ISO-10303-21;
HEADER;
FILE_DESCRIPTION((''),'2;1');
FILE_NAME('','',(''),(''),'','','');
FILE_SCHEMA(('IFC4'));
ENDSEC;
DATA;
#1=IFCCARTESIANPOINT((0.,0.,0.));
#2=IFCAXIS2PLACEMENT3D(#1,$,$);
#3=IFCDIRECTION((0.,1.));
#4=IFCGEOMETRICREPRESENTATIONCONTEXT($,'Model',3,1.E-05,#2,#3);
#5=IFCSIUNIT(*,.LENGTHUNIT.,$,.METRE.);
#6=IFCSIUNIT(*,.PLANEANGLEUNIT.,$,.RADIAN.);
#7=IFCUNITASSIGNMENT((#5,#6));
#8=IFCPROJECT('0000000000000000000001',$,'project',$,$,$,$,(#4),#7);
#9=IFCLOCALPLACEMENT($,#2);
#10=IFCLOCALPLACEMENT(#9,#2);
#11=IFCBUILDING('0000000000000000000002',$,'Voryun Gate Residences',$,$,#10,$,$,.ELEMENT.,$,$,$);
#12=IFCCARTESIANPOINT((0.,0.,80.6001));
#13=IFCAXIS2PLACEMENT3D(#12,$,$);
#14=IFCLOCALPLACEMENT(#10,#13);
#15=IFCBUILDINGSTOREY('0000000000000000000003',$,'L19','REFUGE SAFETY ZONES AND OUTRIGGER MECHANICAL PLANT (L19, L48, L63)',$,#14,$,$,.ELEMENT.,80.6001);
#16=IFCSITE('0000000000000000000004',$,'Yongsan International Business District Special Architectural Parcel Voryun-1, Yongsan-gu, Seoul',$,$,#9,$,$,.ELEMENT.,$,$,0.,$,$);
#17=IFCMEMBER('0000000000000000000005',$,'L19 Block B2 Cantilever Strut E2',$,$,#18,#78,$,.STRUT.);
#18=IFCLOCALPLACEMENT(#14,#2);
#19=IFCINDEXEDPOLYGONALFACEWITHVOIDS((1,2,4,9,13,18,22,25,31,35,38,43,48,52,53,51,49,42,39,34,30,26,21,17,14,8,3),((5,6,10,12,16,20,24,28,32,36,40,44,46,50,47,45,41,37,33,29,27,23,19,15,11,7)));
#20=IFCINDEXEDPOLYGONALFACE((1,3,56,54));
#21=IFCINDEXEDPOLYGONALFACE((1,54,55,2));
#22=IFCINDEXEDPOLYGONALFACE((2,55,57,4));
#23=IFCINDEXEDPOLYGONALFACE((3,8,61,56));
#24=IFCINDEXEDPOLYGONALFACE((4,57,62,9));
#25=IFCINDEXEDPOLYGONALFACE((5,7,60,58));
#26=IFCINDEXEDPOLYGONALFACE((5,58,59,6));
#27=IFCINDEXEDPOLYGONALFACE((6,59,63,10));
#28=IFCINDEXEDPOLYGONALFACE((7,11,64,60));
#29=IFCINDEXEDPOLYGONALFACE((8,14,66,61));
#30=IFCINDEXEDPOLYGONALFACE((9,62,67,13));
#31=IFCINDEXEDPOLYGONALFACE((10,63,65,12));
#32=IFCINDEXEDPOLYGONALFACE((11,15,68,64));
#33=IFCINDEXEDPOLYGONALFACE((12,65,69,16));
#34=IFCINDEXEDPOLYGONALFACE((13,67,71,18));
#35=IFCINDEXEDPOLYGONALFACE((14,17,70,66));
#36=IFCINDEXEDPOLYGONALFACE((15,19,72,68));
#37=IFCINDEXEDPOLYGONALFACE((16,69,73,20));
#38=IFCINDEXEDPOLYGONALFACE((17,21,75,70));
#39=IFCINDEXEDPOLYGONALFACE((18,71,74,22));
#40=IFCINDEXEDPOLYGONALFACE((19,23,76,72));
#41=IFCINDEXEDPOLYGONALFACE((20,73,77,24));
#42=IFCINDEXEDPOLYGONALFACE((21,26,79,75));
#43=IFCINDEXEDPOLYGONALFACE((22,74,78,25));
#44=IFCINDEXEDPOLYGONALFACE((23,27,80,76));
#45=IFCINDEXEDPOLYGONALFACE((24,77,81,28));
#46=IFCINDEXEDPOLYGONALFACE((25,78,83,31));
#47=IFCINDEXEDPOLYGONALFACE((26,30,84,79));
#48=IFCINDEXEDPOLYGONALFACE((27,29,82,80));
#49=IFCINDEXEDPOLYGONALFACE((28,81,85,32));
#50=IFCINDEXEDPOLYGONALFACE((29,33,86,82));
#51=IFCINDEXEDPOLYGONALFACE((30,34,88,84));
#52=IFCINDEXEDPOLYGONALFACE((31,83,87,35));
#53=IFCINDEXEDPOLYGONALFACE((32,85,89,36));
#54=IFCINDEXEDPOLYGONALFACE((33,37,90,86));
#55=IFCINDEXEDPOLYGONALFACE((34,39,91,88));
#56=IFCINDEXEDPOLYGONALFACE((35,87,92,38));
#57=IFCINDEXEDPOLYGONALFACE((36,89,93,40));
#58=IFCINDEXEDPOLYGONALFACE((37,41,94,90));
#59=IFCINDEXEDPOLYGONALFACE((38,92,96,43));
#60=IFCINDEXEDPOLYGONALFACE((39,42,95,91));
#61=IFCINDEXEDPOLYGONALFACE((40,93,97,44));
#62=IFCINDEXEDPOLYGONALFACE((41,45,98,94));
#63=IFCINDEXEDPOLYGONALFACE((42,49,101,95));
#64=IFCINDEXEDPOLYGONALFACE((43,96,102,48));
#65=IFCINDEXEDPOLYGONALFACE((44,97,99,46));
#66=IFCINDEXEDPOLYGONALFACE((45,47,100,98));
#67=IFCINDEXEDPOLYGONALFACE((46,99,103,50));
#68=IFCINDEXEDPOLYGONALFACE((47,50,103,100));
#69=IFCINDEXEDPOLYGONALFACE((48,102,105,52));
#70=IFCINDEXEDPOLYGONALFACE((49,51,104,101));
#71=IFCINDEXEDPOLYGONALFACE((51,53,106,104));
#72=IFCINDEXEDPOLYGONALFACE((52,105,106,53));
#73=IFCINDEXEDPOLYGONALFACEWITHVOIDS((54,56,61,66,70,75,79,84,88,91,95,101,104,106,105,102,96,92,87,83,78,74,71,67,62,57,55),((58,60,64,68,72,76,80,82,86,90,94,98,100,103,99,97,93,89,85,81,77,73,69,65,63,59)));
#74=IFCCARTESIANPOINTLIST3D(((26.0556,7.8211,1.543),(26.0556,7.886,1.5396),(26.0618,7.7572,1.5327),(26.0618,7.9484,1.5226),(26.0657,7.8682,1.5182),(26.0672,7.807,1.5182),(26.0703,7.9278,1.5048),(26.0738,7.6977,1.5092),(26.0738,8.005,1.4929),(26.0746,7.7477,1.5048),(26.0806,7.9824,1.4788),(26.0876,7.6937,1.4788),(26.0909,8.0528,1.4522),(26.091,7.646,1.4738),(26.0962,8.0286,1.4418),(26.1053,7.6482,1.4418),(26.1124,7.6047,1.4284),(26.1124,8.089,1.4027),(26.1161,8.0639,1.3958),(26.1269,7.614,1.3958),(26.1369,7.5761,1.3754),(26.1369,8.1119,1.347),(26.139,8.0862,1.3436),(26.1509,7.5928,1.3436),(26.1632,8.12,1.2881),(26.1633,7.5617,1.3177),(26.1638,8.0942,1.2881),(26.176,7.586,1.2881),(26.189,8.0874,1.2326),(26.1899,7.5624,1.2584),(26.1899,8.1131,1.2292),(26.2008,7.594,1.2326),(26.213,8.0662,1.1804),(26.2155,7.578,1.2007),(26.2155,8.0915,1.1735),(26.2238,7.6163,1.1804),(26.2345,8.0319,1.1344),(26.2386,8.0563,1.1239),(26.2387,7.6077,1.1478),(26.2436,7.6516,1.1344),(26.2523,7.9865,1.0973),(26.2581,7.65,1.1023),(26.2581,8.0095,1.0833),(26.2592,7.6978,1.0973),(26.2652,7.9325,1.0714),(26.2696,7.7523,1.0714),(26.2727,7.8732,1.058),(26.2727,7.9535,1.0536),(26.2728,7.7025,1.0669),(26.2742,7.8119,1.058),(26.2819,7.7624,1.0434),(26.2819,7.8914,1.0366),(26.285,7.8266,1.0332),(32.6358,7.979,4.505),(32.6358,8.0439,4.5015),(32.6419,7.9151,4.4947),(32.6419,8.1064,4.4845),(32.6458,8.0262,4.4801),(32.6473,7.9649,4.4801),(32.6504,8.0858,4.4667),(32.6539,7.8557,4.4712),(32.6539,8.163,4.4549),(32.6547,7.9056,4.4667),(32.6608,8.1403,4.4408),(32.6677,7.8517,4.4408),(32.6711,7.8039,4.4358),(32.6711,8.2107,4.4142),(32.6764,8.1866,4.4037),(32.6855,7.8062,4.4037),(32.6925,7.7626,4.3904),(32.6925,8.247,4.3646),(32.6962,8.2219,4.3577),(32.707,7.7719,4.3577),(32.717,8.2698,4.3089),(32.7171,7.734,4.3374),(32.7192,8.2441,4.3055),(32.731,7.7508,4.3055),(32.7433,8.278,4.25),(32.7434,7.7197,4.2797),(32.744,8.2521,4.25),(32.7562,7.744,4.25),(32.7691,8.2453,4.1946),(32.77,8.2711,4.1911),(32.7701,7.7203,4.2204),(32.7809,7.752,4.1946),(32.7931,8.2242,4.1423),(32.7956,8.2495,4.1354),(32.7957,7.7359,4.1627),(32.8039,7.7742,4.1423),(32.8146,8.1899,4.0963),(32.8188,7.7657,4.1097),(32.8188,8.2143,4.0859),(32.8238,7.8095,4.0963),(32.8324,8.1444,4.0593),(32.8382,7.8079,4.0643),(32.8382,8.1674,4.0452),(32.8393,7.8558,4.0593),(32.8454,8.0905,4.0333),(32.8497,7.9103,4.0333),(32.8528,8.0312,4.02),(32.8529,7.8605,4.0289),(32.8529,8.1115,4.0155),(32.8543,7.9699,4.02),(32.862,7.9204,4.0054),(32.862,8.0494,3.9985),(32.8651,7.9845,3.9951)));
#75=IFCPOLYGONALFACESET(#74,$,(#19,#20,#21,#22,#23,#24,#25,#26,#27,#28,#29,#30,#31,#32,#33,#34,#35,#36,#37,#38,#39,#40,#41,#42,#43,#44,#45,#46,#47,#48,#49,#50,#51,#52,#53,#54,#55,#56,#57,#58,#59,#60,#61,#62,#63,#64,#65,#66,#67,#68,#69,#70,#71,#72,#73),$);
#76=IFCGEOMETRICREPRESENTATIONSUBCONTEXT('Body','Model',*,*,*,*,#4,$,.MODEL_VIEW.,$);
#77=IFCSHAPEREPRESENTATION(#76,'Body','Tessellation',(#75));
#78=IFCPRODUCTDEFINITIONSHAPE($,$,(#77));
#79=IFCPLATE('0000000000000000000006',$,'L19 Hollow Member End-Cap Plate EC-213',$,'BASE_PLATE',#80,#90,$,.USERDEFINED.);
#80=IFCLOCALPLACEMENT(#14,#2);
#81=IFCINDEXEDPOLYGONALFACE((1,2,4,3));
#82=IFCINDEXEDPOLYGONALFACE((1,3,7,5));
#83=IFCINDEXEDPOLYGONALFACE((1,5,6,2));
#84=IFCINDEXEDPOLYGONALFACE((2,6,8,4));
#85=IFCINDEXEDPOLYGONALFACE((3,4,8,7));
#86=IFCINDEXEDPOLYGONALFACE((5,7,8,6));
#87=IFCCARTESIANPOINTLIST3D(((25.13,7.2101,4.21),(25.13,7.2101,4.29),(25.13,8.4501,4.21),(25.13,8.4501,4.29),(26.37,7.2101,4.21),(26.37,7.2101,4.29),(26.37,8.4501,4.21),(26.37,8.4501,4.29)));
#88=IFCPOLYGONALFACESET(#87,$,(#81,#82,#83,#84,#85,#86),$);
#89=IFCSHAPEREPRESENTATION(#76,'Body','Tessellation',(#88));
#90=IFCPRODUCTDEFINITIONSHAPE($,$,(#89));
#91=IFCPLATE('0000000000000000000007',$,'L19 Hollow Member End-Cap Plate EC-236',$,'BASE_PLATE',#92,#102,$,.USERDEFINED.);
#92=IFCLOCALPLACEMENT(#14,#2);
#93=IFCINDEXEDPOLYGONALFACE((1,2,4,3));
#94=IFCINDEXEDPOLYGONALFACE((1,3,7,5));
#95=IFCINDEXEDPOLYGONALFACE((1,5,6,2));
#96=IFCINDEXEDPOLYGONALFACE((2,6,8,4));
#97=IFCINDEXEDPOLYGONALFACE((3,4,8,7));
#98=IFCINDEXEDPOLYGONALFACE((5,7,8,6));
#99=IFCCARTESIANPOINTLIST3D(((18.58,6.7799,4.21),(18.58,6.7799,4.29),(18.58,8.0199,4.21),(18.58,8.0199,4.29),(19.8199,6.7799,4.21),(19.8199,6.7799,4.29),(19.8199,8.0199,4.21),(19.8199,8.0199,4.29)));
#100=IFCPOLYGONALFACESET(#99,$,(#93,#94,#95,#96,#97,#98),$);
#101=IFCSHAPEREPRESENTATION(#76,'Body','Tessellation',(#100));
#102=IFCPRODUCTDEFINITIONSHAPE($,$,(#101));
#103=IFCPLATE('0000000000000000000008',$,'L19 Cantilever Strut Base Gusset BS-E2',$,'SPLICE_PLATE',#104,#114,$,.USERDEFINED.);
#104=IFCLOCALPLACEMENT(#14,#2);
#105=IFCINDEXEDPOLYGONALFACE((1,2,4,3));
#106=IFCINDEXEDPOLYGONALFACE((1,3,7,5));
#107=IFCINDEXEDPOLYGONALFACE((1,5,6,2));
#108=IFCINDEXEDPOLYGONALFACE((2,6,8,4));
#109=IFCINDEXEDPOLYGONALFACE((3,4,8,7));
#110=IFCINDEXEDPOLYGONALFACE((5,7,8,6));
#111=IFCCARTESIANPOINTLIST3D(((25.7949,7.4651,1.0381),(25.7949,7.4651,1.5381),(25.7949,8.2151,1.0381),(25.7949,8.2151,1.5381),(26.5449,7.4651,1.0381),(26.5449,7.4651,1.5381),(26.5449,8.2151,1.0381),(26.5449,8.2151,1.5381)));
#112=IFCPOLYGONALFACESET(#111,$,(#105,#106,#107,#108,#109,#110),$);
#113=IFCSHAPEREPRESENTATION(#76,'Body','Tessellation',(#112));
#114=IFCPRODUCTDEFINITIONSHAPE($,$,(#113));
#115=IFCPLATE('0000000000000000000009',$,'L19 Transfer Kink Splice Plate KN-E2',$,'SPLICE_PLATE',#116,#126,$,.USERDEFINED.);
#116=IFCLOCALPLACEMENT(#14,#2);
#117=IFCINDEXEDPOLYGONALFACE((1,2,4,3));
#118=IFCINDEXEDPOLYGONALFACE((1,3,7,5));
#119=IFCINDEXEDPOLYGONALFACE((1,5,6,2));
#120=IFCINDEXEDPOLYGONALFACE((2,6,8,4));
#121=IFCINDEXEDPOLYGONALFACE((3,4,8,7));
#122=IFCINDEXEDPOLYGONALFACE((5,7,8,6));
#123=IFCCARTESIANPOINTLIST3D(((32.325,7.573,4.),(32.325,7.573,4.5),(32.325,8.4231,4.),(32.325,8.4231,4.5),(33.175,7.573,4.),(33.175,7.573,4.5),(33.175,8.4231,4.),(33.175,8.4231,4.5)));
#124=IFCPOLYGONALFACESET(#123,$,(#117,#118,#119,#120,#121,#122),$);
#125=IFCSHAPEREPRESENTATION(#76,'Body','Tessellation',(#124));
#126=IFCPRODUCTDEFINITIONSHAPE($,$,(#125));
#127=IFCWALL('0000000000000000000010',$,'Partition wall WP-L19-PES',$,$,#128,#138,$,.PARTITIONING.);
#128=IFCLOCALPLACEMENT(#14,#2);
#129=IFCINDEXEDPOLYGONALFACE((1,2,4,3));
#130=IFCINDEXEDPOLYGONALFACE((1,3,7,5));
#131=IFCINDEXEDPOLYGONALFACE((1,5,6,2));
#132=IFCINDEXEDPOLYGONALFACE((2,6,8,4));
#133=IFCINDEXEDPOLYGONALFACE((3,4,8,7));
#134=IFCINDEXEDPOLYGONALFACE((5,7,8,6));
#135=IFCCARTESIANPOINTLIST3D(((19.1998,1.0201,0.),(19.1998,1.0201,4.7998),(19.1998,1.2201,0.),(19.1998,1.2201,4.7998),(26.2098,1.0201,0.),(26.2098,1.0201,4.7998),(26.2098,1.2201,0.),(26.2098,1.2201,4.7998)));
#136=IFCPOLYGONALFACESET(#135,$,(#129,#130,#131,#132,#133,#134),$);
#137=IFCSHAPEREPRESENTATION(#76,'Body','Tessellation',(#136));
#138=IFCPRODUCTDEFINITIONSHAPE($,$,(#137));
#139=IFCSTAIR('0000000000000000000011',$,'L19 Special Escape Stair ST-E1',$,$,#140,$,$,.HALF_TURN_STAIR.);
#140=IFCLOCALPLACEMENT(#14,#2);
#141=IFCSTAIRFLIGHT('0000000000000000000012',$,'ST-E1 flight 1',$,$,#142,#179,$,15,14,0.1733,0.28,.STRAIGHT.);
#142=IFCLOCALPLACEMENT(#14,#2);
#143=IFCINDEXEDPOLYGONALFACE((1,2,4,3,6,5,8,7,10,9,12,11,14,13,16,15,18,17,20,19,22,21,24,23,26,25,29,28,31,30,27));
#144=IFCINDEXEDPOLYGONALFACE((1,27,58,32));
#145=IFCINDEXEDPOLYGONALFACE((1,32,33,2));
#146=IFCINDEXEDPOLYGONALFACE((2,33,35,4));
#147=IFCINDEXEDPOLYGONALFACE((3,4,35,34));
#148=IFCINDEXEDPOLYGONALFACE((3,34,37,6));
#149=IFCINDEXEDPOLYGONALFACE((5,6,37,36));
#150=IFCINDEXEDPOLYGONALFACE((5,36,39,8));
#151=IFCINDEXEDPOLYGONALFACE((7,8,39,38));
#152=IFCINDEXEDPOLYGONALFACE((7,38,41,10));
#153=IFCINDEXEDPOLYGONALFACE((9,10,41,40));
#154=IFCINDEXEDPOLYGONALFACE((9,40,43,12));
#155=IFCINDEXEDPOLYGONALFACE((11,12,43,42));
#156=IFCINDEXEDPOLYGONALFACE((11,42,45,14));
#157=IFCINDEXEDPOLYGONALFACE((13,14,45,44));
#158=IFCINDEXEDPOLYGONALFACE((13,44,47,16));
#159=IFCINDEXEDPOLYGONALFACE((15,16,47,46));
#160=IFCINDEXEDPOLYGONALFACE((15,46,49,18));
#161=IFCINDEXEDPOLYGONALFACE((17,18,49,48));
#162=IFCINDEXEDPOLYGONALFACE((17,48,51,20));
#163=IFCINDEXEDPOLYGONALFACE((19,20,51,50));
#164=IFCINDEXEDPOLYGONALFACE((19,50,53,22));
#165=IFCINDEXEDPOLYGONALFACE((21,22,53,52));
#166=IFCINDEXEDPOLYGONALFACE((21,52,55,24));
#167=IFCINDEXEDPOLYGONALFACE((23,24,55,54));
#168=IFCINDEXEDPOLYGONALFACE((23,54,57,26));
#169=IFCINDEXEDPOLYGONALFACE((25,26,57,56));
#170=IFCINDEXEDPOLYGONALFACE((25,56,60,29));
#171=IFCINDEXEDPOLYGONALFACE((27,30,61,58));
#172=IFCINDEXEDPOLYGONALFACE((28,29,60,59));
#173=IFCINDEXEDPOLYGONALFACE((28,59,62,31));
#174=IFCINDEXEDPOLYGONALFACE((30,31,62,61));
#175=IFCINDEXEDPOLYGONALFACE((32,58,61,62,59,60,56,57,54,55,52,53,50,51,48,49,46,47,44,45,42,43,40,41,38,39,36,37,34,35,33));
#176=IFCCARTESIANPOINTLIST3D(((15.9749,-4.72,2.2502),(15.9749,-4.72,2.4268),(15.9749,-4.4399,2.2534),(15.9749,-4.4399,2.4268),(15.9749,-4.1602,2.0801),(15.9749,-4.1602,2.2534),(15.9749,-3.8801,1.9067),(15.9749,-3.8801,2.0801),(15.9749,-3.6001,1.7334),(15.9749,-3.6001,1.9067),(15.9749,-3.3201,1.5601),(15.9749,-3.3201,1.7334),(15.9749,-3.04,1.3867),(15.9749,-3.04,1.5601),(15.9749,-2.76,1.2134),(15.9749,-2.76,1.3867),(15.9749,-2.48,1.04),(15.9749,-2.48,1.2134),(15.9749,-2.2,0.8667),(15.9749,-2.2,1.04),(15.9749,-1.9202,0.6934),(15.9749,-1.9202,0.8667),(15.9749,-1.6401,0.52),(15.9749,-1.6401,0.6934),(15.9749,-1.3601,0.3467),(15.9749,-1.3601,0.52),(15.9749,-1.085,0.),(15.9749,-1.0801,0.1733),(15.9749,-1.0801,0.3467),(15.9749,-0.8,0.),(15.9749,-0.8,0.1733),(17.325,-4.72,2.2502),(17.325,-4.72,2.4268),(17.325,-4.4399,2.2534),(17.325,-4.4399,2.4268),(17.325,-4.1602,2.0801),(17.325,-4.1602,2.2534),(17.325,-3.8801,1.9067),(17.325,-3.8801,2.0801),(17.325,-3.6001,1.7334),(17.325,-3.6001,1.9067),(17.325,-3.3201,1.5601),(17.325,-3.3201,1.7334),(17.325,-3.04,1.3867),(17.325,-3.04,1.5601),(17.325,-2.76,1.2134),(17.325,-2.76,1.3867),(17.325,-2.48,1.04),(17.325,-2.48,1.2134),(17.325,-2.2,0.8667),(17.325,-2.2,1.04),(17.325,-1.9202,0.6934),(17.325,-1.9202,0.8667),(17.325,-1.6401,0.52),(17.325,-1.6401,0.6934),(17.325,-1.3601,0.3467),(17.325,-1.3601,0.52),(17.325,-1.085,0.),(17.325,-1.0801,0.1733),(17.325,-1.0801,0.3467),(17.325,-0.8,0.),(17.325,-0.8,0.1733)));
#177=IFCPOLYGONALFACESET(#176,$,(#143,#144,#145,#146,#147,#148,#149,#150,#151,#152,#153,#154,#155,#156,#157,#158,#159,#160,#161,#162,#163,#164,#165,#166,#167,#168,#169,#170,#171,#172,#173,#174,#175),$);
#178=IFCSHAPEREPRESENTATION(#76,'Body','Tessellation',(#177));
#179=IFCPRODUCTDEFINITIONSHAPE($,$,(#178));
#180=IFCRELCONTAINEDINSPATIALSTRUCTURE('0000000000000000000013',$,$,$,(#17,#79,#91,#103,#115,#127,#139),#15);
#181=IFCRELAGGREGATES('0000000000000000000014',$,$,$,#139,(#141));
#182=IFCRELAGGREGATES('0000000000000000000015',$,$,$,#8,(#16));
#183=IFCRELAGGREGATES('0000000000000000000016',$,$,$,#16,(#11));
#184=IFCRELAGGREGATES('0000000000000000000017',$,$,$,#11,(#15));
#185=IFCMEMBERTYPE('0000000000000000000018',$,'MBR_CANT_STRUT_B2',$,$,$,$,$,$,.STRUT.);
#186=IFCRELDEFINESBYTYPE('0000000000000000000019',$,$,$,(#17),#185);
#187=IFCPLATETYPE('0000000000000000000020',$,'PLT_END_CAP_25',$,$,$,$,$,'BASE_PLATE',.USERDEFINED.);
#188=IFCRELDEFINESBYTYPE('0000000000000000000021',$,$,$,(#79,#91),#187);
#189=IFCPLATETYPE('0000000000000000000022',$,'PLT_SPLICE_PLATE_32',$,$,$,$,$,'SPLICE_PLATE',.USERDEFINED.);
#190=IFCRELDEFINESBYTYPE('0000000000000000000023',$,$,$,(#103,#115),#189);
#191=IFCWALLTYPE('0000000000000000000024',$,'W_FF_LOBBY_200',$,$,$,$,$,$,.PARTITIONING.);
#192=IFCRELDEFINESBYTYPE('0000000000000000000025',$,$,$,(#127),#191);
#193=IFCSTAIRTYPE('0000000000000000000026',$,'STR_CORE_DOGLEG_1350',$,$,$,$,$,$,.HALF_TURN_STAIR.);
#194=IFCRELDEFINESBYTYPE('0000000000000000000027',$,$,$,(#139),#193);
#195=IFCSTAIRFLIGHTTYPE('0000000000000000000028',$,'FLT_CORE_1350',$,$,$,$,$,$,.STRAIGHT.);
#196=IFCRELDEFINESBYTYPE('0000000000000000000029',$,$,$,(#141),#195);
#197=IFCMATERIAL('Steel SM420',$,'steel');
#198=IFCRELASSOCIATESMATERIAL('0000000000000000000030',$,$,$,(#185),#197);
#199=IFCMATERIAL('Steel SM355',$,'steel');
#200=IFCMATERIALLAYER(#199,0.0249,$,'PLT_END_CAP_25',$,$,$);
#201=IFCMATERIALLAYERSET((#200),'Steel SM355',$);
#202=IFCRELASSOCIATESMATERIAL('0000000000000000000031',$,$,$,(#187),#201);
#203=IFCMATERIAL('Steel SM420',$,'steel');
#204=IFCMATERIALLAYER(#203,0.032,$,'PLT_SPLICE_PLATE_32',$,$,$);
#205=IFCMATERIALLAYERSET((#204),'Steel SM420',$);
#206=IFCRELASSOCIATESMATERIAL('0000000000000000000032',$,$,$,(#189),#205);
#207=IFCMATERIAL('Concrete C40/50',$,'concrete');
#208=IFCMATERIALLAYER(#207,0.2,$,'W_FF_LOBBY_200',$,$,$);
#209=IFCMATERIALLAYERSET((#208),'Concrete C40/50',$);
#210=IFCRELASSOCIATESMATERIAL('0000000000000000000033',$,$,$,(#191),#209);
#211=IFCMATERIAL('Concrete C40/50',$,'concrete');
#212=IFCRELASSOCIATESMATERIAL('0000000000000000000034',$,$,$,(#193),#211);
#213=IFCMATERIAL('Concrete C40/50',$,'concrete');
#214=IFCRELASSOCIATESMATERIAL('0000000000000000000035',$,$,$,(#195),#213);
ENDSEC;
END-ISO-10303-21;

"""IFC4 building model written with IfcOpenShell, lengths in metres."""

from ifc_helpers import new_model, si_unit, direction, frame, frame_2d, origin, origin_2d, place, context, subcontext, project, spatial, polyline, rectangle, hollow_circle, outline, extrude, material, layer, layer_set, material_profile, profile_set, type_object, element, aggregate, save


model = new_model("IFC4")

# Units and contexts
model_context = context("Model", 3, precision=1e-05, world=origin(), true_north=direction((0.0, 1.0)))
body_context = subcontext(model_context, "Body", "Model", "MODEL_VIEW")
ifc_project = project(units=[si_unit("LENGTHUNIT", "METRE"), si_unit("PLANEANGLEUNIT", "RADIAN")], contexts=[model_context])

# Site, building, storey
site_placement = place(None, origin())
site = spatial("IfcSite", under=ifc_project, at=site_placement, Name="Yongsan International Business District Special Architectural Parcel Voryun-1, Yongsan-gu, Seoul", CompositionType="ELEMENT", RefElevation=0.0)
building_placement = place(site_placement, origin())
building = spatial("IfcBuilding", under=site, at=building_placement, Name="Voryun Gate Residences", CompositionType="ELEMENT")
storey_placement = place(building_placement, frame((0.0, 0.0, 80.6001)))
storey = spatial("IfcBuildingStorey", under=building, at=storey_placement, Name="L19", Description="REFUGE SAFETY ZONES AND OUTRIGGER MECHANICAL PLANT (L19, L48, L63)", CompositionType="ELEMENT", Elevation=80.6001)

# Member
ifc_material_1 = material(Name="Steel SM420", Category="steel")
ifc_material_profile_1 = material_profile(ifc_material_1, hollow_circle(Radius=0.28, WallThickness=0.0259, at=origin_2d()), Name="CHS-560x26")
ifc_profile_set_1 = profile_set([ifc_material_profile_1], Name="Steel SM420")
member_type = type_object("IfcMemberType", Name="MBR_CANT_STRUT_B2", PredefinedType="STRUT", material=ifc_profile_set_1)
member_placement = place(storey_placement, frame((26.1699, 7.8401, 1.2881), z_axis=(0.911658, 0.021885, 0.410368), x_axis=(-0.023999, 0.999712, 0.0)))
element("IfcMember", 1, at=member_placement, inside=storey, type_object=member_type, Name="L19 Block B2 Cantilever Strut E2", PredefinedType="STRUT", context=body_context, shape_type="SweptSolid", body=[
    extrude(hollow_circle(Radius=0.28, WallThickness=0.0259, at=origin_2d()), origin(), (0.0, 0.0, 1.0), 7.2178),
])

# Plates
ifc_material_2 = material(Name="Steel SM355", Category="steel")
ifc_layer_1 = layer(ifc_material_2, 0.0249, Name="PLT_END_CAP_25")
ifc_layer_set_1 = layer_set([ifc_layer_1], Name="Steel SM355")
plate_type_1 = type_object("IfcPlateType", Name="PLT_END_CAP_25", ElementType="BASE_PLATE", PredefinedType="USERDEFINED", material=ifc_layer_set_1)
for number, where, z_axis, x_axis, name in (
    (2, (25.75, 7.8301, 4.21), (0.0, 0.0, 1.0), (1.0, 0.0, 0.0), "L19 Hollow Member End-Cap Plate EC-213"),
    (3, (19.2, 7.3999, 4.21), (0.0, 0.0, 1.0), (1.0, 0.0, 0.0), "L19 Hollow Member End-Cap Plate EC-236"),
):
    element("IfcPlate", number, at=place(storey_placement, frame(where, z_axis=z_axis, x_axis=x_axis)), inside=storey, type_object=plate_type_1, Name=name, ObjectType="BASE_PLATE", PredefinedType="USERDEFINED", context=body_context, shape_type="SweptSolid", body=[
        extrude(rectangle(XDim=1.24, YDim=1.24, at=origin_2d()), origin(), (0.0, 0.0, 1.0), 0.0801),
    ])
ifc_material_3 = material(Name="Steel SM420", Category="steel")
ifc_layer_2 = layer(ifc_material_3, 0.032, Name="PLT_SPLICE_PLATE_32")
ifc_layer_set_2 = layer_set([ifc_layer_2], Name="Steel SM420")
plate_type_2 = type_object("IfcPlateType", Name="PLT_SPLICE_PLATE_32", ElementType="SPLICE_PLATE", PredefinedType="USERDEFINED", material=ifc_layer_set_2)
plate_1_placement = place(storey_placement, frame((26.1699, 7.8401, 1.0381), z_axis=(0.0, 0.0, 1.0), x_axis=(1.0, 0.0, 0.0)))
element("IfcPlate", 4, at=plate_1_placement, inside=storey, type_object=plate_type_2, Name="L19 Cantilever Strut Base Gusset BS-E2", ObjectType="SPLICE_PLATE", PredefinedType="USERDEFINED", context=body_context, shape_type="SweptSolid", body=[
    extrude(rectangle(XDim=0.75, YDim=0.75, at=origin_2d()), origin(), (0.0, 0.0, 1.0), 0.5),
])
plate_2_placement = place(storey_placement, frame((32.75, 7.998, 4.0), z_axis=(0.0, 0.0, 1.0), x_axis=(1.0, 0.0, 0.0)))
element("IfcPlate", 5, at=plate_2_placement, inside=storey, type_object=plate_type_2, Name="L19 Transfer Kink Splice Plate KN-E2", ObjectType="SPLICE_PLATE", PredefinedType="USERDEFINED", context=body_context, shape_type="SweptSolid", body=[
    extrude(rectangle(XDim=0.8501, YDim=0.8501, at=origin_2d()), origin(), (0.0, 0.0, 1.0), 0.5),
])

# Wall
ifc_material_4 = material(Name="Concrete C40/50", Category="concrete")
ifc_layer_3 = layer(ifc_material_4, 0.2, Name="W_FF_LOBBY_200")
ifc_layer_set_3 = layer_set([ifc_layer_3], Name="Concrete C40/50")
wall_type = type_object("IfcWallType", Name="W_FF_LOBBY_200", PredefinedType="PARTITIONING", material=ifc_layer_set_3)
wall_placement = place(storey_placement, frame((19.2, 1.1201, 0.0), z_axis=(0.0, 0.0, 1.0), x_axis=(1.0, 0.0, 0.0)))
element("IfcWall", 6, at=wall_placement, inside=storey, type_object=wall_type, Name="Partition wall WP-L19-PES", PredefinedType="PARTITIONING", context=body_context, shape_type="SweptSolid", body=[
    extrude(rectangle(XDim=7.01, YDim=0.2, at=frame_2d((3.5049, 0.0))), origin(), (0.0, 0.0, 1.0), 4.7998),
])

# Stair, stair flight
ifc_material_5 = material(Name="Concrete C40/50", Category="concrete")
stair_type = type_object("IfcStairType", Name="STR_CORE_DOGLEG_1350", PredefinedType="HALF_TURN_STAIR", material=ifc_material_5)
stair_placement = place(storey_placement, origin())
stair = element("IfcStair", 7, at=stair_placement, inside=storey, type_object=stair_type, Name="L19 Special Escape Stair ST-E1", PredefinedType="HALF_TURN_STAIR")
ifc_material_6 = material(Name="Concrete C40/50", Category="concrete")
stair_flight_type = type_object("IfcStairFlightType", Name="FLT_CORE_1350", PredefinedType="STRAIGHT", material=ifc_material_6)
stair_flight_1_placement = place(storey_placement, frame((16.6499, -0.8, 0.0), z_axis=(0.0, 0.0, 1.0), x_axis=(0.0, -1.0, 0.0)))
stair_flight_1 = element("IfcStairFlight", 8, at=stair_flight_1_placement, type_object=stair_flight_type, Name="ST-E1 flight 1", NumberOfRisers=15, NumberOfTreads=14, PredefinedType="STRAIGHT", RiserHeight=0.1733, TreadLength=0.28, context=body_context, shape_type="SweptSolid", body=[
    extrude(outline(polyline([(0.0, 0.0), (0.0, 0.1733), (0.28, 0.1733), (0.28, 0.3467), (0.5601, 0.3467), (0.5601, 0.52), (0.8401, 0.52), (0.8401, 0.6934), (1.1201, 0.6934), (1.1201, 0.8667), (1.3999, 0.8667), (1.3999, 1.04), (1.6799, 1.04), (1.6799, 1.2134), (1.96, 1.2134), (1.96, 1.3867), (2.24, 1.3867), (2.24, 1.5601), (2.52, 1.5601), (2.52, 1.7334), (2.8, 1.7334), (2.8, 1.9067), (3.0801, 1.9067), (3.0801, 2.0801), (3.3601, 2.0801), (3.3601, 2.2534), (3.6399, 2.2534), (3.6399, 2.4268), (3.9199, 2.4268), (3.9199, 2.6001), (3.9199, 2.2502), (0.2849, 0.0), (0.0, 0.0)])), frame((0.0, 0.675, 0.0), z_axis=(0.0, -1.0, 0.0), x_axis=(1.0, 0.0, 0.0)), (0.0, 0.0, 1.0), 1.3501),
])
aggregate(stair, [stair_flight_1])

save(model, "model.ifc")
